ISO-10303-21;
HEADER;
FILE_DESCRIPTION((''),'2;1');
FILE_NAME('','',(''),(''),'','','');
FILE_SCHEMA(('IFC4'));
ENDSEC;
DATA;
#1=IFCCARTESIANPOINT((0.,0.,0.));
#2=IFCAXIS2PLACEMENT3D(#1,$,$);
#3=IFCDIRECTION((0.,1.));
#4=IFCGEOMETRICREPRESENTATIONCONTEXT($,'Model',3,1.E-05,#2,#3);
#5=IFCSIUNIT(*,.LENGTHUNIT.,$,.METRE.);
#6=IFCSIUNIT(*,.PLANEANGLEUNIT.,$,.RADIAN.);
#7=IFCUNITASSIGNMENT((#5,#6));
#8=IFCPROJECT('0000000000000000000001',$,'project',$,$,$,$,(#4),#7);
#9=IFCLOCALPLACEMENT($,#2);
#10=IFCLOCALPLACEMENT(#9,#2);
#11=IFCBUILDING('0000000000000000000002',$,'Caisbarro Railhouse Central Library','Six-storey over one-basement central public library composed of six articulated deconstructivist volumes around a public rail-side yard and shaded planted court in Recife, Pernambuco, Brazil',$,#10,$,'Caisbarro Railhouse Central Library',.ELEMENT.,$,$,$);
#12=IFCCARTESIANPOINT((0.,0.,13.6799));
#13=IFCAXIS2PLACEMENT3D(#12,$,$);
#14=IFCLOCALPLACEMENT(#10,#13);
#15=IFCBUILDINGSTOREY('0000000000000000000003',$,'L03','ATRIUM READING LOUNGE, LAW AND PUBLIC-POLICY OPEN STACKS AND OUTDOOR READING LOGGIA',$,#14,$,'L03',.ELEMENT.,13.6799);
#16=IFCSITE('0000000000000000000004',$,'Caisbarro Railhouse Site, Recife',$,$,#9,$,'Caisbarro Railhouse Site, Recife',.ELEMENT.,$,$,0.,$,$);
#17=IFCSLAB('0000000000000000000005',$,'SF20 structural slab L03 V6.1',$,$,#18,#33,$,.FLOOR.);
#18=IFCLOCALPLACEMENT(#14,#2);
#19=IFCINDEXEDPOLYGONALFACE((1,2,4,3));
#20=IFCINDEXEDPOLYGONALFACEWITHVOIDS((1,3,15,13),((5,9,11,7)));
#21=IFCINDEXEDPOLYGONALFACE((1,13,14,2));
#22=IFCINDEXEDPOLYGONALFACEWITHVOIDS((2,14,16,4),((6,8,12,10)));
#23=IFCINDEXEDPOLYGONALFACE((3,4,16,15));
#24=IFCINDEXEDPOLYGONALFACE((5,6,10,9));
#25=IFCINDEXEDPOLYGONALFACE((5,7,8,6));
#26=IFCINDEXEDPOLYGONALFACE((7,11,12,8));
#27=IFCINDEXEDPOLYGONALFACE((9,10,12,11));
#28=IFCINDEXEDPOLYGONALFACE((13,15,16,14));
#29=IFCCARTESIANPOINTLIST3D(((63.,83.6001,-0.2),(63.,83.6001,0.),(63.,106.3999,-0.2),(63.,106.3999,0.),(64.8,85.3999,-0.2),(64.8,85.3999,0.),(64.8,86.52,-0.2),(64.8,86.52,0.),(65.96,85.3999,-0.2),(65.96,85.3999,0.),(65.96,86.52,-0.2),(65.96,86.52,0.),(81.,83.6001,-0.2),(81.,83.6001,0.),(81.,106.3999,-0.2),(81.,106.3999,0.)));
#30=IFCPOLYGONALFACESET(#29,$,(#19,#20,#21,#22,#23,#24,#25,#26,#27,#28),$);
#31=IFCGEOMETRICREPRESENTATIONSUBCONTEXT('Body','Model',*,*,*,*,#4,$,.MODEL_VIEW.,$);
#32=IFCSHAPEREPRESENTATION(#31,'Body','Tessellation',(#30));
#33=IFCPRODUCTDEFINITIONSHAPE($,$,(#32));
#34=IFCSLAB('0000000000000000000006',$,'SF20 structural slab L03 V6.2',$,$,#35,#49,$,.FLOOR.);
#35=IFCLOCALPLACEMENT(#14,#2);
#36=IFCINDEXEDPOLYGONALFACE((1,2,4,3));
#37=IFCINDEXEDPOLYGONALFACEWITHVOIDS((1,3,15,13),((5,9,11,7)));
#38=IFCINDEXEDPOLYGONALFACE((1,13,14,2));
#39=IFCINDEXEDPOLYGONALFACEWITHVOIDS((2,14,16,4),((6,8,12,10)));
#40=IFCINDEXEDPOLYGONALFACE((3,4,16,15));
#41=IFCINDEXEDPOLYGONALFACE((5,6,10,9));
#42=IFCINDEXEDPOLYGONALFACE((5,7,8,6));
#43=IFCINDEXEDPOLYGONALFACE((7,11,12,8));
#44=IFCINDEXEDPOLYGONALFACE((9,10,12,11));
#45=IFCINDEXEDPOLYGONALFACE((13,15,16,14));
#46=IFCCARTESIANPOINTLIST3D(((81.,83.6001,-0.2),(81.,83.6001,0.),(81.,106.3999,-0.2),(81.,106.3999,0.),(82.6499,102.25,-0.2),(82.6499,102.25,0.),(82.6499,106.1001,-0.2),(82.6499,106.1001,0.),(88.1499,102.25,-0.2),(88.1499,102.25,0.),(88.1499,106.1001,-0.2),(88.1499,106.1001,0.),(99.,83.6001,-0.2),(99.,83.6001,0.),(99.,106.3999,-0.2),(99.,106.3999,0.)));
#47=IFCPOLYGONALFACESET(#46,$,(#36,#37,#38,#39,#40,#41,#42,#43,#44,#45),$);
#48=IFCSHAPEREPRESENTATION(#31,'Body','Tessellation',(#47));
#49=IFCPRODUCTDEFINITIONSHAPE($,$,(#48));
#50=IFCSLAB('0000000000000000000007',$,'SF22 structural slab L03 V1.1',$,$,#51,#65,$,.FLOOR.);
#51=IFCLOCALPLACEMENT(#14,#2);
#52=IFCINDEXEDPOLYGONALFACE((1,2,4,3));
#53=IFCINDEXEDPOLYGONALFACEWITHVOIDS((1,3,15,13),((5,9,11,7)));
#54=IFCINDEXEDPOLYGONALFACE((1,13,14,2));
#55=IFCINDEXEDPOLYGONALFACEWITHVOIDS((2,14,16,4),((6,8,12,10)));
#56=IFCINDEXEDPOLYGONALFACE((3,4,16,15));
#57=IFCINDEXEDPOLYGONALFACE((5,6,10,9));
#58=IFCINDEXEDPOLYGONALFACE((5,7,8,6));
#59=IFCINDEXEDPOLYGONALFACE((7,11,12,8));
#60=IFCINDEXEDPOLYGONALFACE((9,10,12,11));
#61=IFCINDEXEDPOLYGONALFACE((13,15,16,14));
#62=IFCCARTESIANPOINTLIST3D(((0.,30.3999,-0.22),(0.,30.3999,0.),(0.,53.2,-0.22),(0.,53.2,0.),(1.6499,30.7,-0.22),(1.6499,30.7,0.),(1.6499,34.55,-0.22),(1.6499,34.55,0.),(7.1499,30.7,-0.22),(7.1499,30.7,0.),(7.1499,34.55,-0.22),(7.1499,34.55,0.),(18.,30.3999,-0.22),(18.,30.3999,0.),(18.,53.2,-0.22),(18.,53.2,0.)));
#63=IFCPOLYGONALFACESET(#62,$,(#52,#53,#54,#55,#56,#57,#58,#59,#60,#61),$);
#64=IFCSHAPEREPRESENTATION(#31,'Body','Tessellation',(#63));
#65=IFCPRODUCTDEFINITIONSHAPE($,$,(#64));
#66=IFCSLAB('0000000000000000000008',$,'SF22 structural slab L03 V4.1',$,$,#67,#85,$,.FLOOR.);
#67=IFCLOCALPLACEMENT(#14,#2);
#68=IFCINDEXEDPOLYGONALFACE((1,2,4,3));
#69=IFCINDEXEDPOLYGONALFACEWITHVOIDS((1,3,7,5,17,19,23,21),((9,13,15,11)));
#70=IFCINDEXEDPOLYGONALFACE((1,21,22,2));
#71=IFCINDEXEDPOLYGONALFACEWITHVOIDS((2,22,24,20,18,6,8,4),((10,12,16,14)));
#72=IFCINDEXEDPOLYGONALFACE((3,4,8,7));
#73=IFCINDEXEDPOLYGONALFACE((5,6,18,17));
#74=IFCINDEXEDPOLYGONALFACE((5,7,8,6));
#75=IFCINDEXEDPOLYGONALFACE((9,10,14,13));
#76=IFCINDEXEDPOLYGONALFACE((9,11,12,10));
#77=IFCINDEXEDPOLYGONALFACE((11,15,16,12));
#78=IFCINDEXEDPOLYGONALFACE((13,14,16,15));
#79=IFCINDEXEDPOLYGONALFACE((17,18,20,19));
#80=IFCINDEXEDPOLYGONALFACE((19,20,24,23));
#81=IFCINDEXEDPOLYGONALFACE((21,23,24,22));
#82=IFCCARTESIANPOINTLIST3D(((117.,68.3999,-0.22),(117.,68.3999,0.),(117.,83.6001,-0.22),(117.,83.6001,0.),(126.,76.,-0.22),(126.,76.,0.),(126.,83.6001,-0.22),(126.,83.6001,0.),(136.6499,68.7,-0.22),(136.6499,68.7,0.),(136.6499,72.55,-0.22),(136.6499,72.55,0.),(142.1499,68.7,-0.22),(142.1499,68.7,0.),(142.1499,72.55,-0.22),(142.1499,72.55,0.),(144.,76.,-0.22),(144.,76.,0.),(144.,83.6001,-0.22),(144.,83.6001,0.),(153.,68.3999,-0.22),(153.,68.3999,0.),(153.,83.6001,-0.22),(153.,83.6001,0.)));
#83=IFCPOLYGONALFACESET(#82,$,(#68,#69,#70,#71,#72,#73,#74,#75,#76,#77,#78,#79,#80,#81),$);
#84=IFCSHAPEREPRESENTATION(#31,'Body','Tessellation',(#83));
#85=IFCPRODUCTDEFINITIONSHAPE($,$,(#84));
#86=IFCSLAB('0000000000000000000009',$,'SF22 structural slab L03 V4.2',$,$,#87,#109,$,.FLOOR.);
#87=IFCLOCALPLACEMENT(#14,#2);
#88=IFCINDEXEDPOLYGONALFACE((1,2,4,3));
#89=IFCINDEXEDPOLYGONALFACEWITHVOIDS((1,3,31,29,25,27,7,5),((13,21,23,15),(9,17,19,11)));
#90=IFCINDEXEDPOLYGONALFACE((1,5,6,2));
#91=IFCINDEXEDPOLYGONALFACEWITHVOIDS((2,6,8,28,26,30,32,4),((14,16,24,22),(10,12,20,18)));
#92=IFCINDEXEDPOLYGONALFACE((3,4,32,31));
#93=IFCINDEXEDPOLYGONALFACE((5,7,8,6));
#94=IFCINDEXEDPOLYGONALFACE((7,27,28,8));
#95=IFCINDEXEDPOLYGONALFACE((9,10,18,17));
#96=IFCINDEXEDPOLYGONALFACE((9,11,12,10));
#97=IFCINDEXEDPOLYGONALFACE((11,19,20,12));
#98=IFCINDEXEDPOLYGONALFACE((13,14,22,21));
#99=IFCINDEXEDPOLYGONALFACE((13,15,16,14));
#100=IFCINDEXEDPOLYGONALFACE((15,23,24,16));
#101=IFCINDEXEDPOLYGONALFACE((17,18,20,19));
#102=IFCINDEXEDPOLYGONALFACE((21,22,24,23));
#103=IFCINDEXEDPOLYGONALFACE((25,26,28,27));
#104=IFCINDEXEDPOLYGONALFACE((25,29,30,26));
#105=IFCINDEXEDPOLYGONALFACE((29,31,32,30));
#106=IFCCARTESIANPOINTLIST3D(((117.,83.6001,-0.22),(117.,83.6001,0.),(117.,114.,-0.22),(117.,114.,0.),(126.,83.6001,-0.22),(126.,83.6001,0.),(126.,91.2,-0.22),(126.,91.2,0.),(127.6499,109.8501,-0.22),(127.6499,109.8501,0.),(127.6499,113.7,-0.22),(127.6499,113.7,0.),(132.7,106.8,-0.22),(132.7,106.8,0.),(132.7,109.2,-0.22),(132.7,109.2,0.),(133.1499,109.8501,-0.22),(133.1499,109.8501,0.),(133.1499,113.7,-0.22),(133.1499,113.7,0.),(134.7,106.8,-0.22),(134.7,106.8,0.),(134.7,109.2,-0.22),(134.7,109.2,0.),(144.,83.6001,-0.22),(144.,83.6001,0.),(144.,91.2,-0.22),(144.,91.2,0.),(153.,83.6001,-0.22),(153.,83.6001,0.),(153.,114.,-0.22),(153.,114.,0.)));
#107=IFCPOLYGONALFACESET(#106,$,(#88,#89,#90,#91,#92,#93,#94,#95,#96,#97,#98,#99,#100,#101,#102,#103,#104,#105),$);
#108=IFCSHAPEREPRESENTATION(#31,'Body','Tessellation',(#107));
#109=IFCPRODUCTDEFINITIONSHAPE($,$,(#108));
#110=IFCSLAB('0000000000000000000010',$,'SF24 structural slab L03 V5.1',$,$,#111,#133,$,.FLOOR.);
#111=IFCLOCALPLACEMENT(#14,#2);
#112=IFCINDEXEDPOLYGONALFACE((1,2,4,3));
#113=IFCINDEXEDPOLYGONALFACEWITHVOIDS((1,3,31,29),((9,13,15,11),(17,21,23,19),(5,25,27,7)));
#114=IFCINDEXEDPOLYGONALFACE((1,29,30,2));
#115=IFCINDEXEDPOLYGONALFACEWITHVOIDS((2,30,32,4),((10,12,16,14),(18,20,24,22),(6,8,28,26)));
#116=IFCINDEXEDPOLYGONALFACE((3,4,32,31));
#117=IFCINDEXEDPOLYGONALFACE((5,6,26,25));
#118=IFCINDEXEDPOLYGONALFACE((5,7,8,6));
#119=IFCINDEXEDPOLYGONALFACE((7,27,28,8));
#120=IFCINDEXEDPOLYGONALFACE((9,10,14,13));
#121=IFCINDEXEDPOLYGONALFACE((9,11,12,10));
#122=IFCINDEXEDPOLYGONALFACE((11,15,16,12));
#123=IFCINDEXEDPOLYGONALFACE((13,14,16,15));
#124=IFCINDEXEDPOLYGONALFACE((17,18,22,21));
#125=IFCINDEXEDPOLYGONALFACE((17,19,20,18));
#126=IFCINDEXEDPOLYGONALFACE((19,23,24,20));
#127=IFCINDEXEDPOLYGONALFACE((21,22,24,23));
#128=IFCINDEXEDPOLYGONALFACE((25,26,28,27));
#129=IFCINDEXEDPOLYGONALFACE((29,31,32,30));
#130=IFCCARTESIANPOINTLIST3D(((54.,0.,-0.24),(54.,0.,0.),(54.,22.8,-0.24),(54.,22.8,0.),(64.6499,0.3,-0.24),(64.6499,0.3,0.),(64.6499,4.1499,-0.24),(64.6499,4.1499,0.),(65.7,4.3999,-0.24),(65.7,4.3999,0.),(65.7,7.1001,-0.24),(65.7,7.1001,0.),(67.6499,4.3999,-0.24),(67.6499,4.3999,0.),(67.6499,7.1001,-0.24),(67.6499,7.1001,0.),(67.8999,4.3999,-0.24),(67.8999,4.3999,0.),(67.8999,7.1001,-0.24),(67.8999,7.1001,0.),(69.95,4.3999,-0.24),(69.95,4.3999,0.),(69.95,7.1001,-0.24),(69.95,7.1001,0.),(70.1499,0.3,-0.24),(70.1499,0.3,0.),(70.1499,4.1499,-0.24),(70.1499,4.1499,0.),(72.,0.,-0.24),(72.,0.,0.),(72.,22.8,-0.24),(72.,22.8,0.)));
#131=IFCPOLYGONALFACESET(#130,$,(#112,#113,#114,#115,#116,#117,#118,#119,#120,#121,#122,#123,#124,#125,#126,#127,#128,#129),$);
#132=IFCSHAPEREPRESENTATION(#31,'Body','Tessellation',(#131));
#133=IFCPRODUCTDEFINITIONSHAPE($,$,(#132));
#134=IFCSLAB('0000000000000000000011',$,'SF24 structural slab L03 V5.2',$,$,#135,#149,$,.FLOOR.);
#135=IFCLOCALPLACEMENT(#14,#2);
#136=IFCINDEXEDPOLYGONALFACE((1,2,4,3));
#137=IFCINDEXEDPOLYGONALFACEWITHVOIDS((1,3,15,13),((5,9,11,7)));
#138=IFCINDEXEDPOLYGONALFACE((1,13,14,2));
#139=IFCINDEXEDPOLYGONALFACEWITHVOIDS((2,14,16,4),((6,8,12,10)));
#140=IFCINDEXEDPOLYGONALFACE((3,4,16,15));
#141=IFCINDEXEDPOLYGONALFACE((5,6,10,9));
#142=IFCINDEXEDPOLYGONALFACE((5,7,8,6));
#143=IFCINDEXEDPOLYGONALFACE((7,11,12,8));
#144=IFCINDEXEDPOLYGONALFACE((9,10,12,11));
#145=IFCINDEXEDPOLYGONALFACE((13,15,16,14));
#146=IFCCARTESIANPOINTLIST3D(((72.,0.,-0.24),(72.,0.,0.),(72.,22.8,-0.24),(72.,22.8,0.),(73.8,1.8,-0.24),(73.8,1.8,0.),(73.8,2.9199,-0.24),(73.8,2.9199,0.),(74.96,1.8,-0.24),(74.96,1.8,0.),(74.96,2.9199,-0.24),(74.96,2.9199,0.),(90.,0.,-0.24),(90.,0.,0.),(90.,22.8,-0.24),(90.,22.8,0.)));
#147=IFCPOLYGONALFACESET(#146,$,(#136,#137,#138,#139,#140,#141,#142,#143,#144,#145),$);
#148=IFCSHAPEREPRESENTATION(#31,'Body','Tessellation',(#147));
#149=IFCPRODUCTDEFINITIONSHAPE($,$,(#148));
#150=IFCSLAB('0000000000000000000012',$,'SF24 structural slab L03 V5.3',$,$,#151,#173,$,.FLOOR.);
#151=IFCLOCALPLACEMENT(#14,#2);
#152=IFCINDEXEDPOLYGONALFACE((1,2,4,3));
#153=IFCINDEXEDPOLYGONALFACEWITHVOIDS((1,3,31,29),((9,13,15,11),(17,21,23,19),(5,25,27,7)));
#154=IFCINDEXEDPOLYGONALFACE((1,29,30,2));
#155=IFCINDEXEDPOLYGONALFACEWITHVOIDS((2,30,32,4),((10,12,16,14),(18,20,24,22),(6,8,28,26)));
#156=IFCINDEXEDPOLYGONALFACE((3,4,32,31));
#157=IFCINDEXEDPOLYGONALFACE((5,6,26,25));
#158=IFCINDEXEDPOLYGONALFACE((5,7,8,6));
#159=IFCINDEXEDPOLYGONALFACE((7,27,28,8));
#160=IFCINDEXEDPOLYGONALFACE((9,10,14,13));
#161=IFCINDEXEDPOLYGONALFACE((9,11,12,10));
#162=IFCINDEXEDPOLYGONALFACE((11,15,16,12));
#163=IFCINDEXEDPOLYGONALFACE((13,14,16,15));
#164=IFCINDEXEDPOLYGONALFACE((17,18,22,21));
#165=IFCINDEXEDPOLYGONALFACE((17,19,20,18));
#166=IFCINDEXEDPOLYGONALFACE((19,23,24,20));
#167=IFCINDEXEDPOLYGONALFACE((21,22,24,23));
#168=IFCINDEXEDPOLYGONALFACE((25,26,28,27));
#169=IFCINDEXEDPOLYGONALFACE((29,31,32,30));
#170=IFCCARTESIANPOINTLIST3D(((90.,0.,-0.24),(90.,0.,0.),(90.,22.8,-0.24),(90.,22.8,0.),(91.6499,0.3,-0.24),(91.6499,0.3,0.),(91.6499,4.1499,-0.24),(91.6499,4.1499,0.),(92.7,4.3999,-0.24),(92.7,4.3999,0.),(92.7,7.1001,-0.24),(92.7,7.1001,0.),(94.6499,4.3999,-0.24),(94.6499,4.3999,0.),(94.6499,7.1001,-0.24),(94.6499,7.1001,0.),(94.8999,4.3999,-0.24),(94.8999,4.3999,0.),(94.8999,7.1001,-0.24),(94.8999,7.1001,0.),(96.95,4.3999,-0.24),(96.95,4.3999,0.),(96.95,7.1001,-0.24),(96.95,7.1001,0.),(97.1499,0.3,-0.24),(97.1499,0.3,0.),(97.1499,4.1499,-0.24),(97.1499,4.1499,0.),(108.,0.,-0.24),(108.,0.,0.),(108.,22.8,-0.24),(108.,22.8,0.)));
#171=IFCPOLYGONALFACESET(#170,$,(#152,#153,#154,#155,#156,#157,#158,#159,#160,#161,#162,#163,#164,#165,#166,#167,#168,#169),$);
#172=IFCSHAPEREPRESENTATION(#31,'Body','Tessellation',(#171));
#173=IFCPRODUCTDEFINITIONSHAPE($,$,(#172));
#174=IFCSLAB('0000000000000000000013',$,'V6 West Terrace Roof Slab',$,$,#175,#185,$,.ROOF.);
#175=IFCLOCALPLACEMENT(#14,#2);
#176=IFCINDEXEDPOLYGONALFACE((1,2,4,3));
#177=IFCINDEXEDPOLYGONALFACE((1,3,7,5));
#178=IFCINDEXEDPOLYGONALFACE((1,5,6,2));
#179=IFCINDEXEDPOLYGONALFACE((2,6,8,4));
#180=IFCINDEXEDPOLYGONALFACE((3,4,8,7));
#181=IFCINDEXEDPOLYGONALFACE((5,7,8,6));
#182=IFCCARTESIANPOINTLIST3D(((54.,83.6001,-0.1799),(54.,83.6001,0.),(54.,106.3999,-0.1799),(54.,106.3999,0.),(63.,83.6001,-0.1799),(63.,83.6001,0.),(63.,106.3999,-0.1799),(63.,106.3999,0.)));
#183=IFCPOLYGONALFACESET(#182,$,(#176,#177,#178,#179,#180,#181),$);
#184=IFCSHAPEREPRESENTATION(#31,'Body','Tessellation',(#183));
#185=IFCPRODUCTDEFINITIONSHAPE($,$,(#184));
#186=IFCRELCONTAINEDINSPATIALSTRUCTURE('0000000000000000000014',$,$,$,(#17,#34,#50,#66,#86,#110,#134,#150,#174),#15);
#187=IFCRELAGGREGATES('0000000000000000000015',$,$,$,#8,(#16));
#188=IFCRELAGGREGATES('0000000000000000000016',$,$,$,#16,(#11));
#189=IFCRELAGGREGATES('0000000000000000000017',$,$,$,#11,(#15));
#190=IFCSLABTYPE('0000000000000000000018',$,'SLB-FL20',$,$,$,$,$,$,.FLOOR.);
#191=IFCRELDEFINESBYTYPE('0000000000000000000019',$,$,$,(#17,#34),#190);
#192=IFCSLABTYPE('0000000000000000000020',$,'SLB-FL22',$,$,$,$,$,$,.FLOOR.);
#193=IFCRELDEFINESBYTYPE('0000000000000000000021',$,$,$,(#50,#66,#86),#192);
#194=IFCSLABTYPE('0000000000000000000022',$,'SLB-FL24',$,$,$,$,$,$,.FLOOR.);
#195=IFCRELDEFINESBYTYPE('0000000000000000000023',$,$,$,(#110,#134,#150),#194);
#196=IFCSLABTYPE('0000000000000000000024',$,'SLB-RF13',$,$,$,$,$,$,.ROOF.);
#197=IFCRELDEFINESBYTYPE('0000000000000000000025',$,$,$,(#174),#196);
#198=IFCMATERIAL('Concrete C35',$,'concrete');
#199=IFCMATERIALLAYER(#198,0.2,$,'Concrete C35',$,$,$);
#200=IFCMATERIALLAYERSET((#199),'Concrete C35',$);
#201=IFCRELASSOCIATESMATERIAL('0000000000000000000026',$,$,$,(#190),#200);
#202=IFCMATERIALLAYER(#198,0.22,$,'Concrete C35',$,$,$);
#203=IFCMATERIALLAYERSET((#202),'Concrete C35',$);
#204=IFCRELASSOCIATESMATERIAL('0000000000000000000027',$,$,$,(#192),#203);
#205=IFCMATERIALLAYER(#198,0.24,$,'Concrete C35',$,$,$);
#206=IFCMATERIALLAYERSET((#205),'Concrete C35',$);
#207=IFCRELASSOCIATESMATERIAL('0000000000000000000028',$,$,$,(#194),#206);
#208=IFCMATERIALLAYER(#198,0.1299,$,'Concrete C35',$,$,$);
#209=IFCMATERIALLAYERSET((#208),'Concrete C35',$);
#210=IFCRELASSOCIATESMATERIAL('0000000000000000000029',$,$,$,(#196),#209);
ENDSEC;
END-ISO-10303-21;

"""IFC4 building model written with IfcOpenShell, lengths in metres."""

from ifc_helpers import new_model, si_unit, direction, frame, origin, place, context, subcontext, project, spatial, polyline, outline, extrude, material, layer, layer_set, type_object, element, save


model = new_model("IFC4")

# Units and contexts
model_context = context("Model", 3, precision=1e-05, world=origin(), true_north=direction((0.0, 1.0)))
body_context = subcontext(model_context, "Body", "Model", "MODEL_VIEW")
ifc_project = project(units=[si_unit("LENGTHUNIT", "METRE"), si_unit("PLANEANGLEUNIT", "RADIAN")], contexts=[model_context])

# Site, building, storey
site_placement = place(None, origin())
site = spatial("IfcSite", under=ifc_project, at=site_placement, Name="Caisbarro Railhouse Site, Recife", LongName="Caisbarro Railhouse Site, Recife", CompositionType="ELEMENT", RefElevation=0.0)
building_placement = place(site_placement, origin())
building = spatial("IfcBuilding", under=site, at=building_placement, Name="Caisbarro Railhouse Central Library", Description="Six-storey over one-basement central public library composed of six articulated deconstructivist volumes around a public rail-side yard and shaded planted court in Recife, Pernambuco, Brazil", LongName="Caisbarro Railhouse Central Library", CompositionType="ELEMENT")
storey_placement = place(building_placement, frame((0.0, 0.0, 13.6799)))
storey = spatial("IfcBuildingStorey", under=building, at=storey_placement, Name="L03", Description="ATRIUM READING LOUNGE, LAW AND PUBLIC-POLICY OPEN STACKS AND OUTDOOR READING LOGGIA", LongName="L03", CompositionType="ELEMENT", Elevation=13.6799)

# Slabs
ifc_material_1 = material(Name="Concrete C35", Category="concrete")
ifc_layer_1 = layer(ifc_material_1, 0.2, Name="Concrete C35")
ifc_layer_set_1 = layer_set([ifc_layer_1], Name="Concrete C35")
slab_type_1 = type_object("IfcSlabType", Name="SLB-FL20", PredefinedType="FLOOR", material=ifc_layer_set_1)
slab_1_placement = place(storey_placement, frame((0.0, 0.0, -0.2)))
element("IfcSlab", 1, at=slab_1_placement, inside=storey, type_object=slab_type_1, Name="SF20 structural slab L03 V6.1", PredefinedType="FLOOR", context=body_context, shape_type="SweptSolid", body=[
    extrude(outline(polyline([(63.0, 83.6001), (81.0, 83.6001), (81.0, 106.3999), (63.0, 106.3999), (63.0, 83.6001)]), holes=[polyline([(64.8, 85.3999), (65.96, 85.3999), (65.96, 86.52), (64.8, 86.52), (64.8, 85.3999)])]), origin(), (0.0, 0.0, 1.0), 0.2),
])
slab_2_placement = place(storey_placement, frame((0.0, 0.0, -0.2)))
element("IfcSlab", 2, at=slab_2_placement, inside=storey, type_object=slab_type_1, Name="SF20 structural slab L03 V6.2", PredefinedType="FLOOR", context=body_context, shape_type="SweptSolid", body=[
    extrude(outline(polyline([(81.0, 83.6001), (99.0, 83.6001), (99.0, 106.3999), (81.0, 106.3999), (81.0, 83.6001)]), holes=[polyline([(82.6499, 102.25), (88.1499, 102.25), (88.1499, 106.1001), (82.6499, 106.1001), (82.6499, 102.25)])]), origin(), (0.0, 0.0, 1.0), 0.2),
])
ifc_layer_2 = layer(ifc_material_1, 0.22, Name="Concrete C35")
ifc_layer_set_2 = layer_set([ifc_layer_2], Name="Concrete C35")
slab_type_2 = type_object("IfcSlabType", Name="SLB-FL22", PredefinedType="FLOOR", material=ifc_layer_set_2)
slab_3_placement = place(storey_placement, frame((0.0, 0.0, -0.22)))
element("IfcSlab", 3, at=slab_3_placement, inside=storey, type_object=slab_type_2, Name="SF22 structural slab L03 V1.1", PredefinedType="FLOOR", context=body_context, shape_type="SweptSolid", body=[
    extrude(outline(polyline([(0.0, 30.3999), (18.0, 30.3999), (18.0, 53.2), (0.0, 53.2), (0.0, 30.3999)]), holes=[polyline([(1.6499, 30.7), (7.1499, 30.7), (7.1499, 34.55), (1.6499, 34.55), (1.6499, 30.7)])]), origin(), (0.0, 0.0, 1.0), 0.22),
])
slab_4_placement = place(storey_placement, frame((0.0, 0.0, -0.22)))
element("IfcSlab", 4, at=slab_4_placement, inside=storey, type_object=slab_type_2, Name="SF22 structural slab L03 V4.1", PredefinedType="FLOOR", context=body_context, shape_type="SweptSolid", body=[
    extrude(outline(polyline([(117.0, 68.3999), (153.0, 68.3999), (153.0, 83.6001), (144.0, 83.6001), (144.0, 76.0), (126.0, 76.0), (126.0, 83.6001), (117.0, 83.6001), (117.0, 68.3999)]), holes=[polyline([(136.6499, 68.7), (142.1499, 68.7), (142.1499, 72.55), (136.6499, 72.55), (136.6499, 68.7)])]), origin(), (0.0, 0.0, 1.0), 0.22),
])
slab_5_placement = place(storey_placement, frame((0.0, 0.0, -0.22)))
element("IfcSlab", 5, at=slab_5_placement, inside=storey, type_object=slab_type_2, Name="SF22 structural slab L03 V4.2", PredefinedType="FLOOR", context=body_context, shape_type="SweptSolid", body=[
    extrude(outline(polyline([(117.0, 83.6001), (126.0, 83.6001), (126.0, 91.2), (144.0, 91.2), (144.0, 83.6001), (153.0, 83.6001), (153.0, 114.0), (117.0, 114.0), (117.0, 83.6001)]), holes=[polyline([(127.6499, 109.8501), (133.1499, 109.8501), (133.1499, 113.7), (127.6499, 113.7), (127.6499, 109.8501)]), polyline([(132.7, 106.8), (134.7, 106.8), (134.7, 109.2), (132.7, 109.2), (132.7, 106.8)])]), origin(), (0.0, 0.0, 1.0), 0.22),
])
ifc_layer_3 = layer(ifc_material_1, 0.24, Name="Concrete C35")
ifc_layer_set_3 = layer_set([ifc_layer_3], Name="Concrete C35")
slab_type_3 = type_object("IfcSlabType", Name="SLB-FL24", PredefinedType="FLOOR", material=ifc_layer_set_3)
slab_6_placement = place(storey_placement, frame((0.0, 0.0, -0.24)))
element("IfcSlab", 6, at=slab_6_placement, inside=storey, type_object=slab_type_3, Name="SF24 structural slab L03 V5.1", PredefinedType="FLOOR", context=body_context, shape_type="SweptSolid", body=[
    extrude(outline(polyline([(54.0, 0.0), (72.0, 0.0), (72.0, 22.8), (54.0, 22.8), (54.0, 0.0)]), holes=[polyline([(64.6499, 0.3), (70.1499, 0.3), (70.1499, 4.1499), (64.6499, 4.1499), (64.6499, 0.3)]), polyline([(65.7, 4.3999), (67.6499, 4.3999), (67.6499, 7.1001), (65.7, 7.1001), (65.7, 4.3999)]), polyline([(67.8999, 4.3999), (69.95, 4.3999), (69.95, 7.1001), (67.8999, 7.1001), (67.8999, 4.3999)])]), origin(), (0.0, 0.0, 1.0), 0.24),
])
slab_7_placement = place(storey_placement, frame((0.0, 0.0, -0.24)))
element("IfcSlab", 7, at=slab_7_placement, inside=storey, type_object=slab_type_3, Name="SF24 structural slab L03 V5.2", PredefinedType="FLOOR", context=body_context, shape_type="SweptSolid", body=[
    extrude(outline(polyline([(72.0, 0.0), (90.0, 0.0), (90.0, 22.8), (72.0, 22.8), (72.0, 0.0)]), holes=[polyline([(73.8, 1.8), (74.96, 1.8), (74.96, 2.9199), (73.8, 2.9199), (73.8, 1.8)])]), origin(), (0.0, 0.0, 1.0), 0.24),
])
slab_8_placement = place(storey_placement, frame((0.0, 0.0, -0.24)))
element("IfcSlab", 8, at=slab_8_placement, inside=storey, type_object=slab_type_3, Name="SF24 structural slab L03 V5.3", PredefinedType="FLOOR", context=body_context, shape_type="SweptSolid", body=[
    extrude(outline(polyline([(90.0, 0.0), (108.0, 0.0), (108.0, 22.8), (90.0, 22.8), (90.0, 0.0)]), holes=[polyline([(91.6499, 0.3), (97.1499, 0.3), (97.1499, 4.1499), (91.6499, 4.1499), (91.6499, 0.3)]), polyline([(92.7, 4.3999), (94.6499, 4.3999), (94.6499, 7.1001), (92.7, 7.1001), (92.7, 4.3999)]), polyline([(94.8999, 4.3999), (96.95, 4.3999), (96.95, 7.1001), (94.8999, 7.1001), (94.8999, 4.3999)])]), origin(), (0.0, 0.0, 1.0), 0.24),
])
ifc_layer_4 = layer(ifc_material_1, 0.1299, Name="Concrete C35")
ifc_layer_set_4 = layer_set([ifc_layer_4], Name="Concrete C35")
slab_type_4 = type_object("IfcSlabType", Name="SLB-RF13", PredefinedType="ROOF", material=ifc_layer_set_4)
slab_9_placement = place(storey_placement, frame((0.0, 0.0, -0.1799)))
element("IfcSlab", 9, at=slab_9_placement, inside=storey, type_object=slab_type_4, Name="V6 West Terrace Roof Slab", PredefinedType="ROOF", context=body_context, shape_type="SweptSolid", body=[
    extrude(outline(polyline([(54.0, 83.6001), (63.0, 83.6001), (63.0, 106.3999), (54.0, 106.3999), (54.0, 83.6001)])), origin(), (0.0, 0.0, 1.0), 0.1799),
])

save(model, "model.ifc")
